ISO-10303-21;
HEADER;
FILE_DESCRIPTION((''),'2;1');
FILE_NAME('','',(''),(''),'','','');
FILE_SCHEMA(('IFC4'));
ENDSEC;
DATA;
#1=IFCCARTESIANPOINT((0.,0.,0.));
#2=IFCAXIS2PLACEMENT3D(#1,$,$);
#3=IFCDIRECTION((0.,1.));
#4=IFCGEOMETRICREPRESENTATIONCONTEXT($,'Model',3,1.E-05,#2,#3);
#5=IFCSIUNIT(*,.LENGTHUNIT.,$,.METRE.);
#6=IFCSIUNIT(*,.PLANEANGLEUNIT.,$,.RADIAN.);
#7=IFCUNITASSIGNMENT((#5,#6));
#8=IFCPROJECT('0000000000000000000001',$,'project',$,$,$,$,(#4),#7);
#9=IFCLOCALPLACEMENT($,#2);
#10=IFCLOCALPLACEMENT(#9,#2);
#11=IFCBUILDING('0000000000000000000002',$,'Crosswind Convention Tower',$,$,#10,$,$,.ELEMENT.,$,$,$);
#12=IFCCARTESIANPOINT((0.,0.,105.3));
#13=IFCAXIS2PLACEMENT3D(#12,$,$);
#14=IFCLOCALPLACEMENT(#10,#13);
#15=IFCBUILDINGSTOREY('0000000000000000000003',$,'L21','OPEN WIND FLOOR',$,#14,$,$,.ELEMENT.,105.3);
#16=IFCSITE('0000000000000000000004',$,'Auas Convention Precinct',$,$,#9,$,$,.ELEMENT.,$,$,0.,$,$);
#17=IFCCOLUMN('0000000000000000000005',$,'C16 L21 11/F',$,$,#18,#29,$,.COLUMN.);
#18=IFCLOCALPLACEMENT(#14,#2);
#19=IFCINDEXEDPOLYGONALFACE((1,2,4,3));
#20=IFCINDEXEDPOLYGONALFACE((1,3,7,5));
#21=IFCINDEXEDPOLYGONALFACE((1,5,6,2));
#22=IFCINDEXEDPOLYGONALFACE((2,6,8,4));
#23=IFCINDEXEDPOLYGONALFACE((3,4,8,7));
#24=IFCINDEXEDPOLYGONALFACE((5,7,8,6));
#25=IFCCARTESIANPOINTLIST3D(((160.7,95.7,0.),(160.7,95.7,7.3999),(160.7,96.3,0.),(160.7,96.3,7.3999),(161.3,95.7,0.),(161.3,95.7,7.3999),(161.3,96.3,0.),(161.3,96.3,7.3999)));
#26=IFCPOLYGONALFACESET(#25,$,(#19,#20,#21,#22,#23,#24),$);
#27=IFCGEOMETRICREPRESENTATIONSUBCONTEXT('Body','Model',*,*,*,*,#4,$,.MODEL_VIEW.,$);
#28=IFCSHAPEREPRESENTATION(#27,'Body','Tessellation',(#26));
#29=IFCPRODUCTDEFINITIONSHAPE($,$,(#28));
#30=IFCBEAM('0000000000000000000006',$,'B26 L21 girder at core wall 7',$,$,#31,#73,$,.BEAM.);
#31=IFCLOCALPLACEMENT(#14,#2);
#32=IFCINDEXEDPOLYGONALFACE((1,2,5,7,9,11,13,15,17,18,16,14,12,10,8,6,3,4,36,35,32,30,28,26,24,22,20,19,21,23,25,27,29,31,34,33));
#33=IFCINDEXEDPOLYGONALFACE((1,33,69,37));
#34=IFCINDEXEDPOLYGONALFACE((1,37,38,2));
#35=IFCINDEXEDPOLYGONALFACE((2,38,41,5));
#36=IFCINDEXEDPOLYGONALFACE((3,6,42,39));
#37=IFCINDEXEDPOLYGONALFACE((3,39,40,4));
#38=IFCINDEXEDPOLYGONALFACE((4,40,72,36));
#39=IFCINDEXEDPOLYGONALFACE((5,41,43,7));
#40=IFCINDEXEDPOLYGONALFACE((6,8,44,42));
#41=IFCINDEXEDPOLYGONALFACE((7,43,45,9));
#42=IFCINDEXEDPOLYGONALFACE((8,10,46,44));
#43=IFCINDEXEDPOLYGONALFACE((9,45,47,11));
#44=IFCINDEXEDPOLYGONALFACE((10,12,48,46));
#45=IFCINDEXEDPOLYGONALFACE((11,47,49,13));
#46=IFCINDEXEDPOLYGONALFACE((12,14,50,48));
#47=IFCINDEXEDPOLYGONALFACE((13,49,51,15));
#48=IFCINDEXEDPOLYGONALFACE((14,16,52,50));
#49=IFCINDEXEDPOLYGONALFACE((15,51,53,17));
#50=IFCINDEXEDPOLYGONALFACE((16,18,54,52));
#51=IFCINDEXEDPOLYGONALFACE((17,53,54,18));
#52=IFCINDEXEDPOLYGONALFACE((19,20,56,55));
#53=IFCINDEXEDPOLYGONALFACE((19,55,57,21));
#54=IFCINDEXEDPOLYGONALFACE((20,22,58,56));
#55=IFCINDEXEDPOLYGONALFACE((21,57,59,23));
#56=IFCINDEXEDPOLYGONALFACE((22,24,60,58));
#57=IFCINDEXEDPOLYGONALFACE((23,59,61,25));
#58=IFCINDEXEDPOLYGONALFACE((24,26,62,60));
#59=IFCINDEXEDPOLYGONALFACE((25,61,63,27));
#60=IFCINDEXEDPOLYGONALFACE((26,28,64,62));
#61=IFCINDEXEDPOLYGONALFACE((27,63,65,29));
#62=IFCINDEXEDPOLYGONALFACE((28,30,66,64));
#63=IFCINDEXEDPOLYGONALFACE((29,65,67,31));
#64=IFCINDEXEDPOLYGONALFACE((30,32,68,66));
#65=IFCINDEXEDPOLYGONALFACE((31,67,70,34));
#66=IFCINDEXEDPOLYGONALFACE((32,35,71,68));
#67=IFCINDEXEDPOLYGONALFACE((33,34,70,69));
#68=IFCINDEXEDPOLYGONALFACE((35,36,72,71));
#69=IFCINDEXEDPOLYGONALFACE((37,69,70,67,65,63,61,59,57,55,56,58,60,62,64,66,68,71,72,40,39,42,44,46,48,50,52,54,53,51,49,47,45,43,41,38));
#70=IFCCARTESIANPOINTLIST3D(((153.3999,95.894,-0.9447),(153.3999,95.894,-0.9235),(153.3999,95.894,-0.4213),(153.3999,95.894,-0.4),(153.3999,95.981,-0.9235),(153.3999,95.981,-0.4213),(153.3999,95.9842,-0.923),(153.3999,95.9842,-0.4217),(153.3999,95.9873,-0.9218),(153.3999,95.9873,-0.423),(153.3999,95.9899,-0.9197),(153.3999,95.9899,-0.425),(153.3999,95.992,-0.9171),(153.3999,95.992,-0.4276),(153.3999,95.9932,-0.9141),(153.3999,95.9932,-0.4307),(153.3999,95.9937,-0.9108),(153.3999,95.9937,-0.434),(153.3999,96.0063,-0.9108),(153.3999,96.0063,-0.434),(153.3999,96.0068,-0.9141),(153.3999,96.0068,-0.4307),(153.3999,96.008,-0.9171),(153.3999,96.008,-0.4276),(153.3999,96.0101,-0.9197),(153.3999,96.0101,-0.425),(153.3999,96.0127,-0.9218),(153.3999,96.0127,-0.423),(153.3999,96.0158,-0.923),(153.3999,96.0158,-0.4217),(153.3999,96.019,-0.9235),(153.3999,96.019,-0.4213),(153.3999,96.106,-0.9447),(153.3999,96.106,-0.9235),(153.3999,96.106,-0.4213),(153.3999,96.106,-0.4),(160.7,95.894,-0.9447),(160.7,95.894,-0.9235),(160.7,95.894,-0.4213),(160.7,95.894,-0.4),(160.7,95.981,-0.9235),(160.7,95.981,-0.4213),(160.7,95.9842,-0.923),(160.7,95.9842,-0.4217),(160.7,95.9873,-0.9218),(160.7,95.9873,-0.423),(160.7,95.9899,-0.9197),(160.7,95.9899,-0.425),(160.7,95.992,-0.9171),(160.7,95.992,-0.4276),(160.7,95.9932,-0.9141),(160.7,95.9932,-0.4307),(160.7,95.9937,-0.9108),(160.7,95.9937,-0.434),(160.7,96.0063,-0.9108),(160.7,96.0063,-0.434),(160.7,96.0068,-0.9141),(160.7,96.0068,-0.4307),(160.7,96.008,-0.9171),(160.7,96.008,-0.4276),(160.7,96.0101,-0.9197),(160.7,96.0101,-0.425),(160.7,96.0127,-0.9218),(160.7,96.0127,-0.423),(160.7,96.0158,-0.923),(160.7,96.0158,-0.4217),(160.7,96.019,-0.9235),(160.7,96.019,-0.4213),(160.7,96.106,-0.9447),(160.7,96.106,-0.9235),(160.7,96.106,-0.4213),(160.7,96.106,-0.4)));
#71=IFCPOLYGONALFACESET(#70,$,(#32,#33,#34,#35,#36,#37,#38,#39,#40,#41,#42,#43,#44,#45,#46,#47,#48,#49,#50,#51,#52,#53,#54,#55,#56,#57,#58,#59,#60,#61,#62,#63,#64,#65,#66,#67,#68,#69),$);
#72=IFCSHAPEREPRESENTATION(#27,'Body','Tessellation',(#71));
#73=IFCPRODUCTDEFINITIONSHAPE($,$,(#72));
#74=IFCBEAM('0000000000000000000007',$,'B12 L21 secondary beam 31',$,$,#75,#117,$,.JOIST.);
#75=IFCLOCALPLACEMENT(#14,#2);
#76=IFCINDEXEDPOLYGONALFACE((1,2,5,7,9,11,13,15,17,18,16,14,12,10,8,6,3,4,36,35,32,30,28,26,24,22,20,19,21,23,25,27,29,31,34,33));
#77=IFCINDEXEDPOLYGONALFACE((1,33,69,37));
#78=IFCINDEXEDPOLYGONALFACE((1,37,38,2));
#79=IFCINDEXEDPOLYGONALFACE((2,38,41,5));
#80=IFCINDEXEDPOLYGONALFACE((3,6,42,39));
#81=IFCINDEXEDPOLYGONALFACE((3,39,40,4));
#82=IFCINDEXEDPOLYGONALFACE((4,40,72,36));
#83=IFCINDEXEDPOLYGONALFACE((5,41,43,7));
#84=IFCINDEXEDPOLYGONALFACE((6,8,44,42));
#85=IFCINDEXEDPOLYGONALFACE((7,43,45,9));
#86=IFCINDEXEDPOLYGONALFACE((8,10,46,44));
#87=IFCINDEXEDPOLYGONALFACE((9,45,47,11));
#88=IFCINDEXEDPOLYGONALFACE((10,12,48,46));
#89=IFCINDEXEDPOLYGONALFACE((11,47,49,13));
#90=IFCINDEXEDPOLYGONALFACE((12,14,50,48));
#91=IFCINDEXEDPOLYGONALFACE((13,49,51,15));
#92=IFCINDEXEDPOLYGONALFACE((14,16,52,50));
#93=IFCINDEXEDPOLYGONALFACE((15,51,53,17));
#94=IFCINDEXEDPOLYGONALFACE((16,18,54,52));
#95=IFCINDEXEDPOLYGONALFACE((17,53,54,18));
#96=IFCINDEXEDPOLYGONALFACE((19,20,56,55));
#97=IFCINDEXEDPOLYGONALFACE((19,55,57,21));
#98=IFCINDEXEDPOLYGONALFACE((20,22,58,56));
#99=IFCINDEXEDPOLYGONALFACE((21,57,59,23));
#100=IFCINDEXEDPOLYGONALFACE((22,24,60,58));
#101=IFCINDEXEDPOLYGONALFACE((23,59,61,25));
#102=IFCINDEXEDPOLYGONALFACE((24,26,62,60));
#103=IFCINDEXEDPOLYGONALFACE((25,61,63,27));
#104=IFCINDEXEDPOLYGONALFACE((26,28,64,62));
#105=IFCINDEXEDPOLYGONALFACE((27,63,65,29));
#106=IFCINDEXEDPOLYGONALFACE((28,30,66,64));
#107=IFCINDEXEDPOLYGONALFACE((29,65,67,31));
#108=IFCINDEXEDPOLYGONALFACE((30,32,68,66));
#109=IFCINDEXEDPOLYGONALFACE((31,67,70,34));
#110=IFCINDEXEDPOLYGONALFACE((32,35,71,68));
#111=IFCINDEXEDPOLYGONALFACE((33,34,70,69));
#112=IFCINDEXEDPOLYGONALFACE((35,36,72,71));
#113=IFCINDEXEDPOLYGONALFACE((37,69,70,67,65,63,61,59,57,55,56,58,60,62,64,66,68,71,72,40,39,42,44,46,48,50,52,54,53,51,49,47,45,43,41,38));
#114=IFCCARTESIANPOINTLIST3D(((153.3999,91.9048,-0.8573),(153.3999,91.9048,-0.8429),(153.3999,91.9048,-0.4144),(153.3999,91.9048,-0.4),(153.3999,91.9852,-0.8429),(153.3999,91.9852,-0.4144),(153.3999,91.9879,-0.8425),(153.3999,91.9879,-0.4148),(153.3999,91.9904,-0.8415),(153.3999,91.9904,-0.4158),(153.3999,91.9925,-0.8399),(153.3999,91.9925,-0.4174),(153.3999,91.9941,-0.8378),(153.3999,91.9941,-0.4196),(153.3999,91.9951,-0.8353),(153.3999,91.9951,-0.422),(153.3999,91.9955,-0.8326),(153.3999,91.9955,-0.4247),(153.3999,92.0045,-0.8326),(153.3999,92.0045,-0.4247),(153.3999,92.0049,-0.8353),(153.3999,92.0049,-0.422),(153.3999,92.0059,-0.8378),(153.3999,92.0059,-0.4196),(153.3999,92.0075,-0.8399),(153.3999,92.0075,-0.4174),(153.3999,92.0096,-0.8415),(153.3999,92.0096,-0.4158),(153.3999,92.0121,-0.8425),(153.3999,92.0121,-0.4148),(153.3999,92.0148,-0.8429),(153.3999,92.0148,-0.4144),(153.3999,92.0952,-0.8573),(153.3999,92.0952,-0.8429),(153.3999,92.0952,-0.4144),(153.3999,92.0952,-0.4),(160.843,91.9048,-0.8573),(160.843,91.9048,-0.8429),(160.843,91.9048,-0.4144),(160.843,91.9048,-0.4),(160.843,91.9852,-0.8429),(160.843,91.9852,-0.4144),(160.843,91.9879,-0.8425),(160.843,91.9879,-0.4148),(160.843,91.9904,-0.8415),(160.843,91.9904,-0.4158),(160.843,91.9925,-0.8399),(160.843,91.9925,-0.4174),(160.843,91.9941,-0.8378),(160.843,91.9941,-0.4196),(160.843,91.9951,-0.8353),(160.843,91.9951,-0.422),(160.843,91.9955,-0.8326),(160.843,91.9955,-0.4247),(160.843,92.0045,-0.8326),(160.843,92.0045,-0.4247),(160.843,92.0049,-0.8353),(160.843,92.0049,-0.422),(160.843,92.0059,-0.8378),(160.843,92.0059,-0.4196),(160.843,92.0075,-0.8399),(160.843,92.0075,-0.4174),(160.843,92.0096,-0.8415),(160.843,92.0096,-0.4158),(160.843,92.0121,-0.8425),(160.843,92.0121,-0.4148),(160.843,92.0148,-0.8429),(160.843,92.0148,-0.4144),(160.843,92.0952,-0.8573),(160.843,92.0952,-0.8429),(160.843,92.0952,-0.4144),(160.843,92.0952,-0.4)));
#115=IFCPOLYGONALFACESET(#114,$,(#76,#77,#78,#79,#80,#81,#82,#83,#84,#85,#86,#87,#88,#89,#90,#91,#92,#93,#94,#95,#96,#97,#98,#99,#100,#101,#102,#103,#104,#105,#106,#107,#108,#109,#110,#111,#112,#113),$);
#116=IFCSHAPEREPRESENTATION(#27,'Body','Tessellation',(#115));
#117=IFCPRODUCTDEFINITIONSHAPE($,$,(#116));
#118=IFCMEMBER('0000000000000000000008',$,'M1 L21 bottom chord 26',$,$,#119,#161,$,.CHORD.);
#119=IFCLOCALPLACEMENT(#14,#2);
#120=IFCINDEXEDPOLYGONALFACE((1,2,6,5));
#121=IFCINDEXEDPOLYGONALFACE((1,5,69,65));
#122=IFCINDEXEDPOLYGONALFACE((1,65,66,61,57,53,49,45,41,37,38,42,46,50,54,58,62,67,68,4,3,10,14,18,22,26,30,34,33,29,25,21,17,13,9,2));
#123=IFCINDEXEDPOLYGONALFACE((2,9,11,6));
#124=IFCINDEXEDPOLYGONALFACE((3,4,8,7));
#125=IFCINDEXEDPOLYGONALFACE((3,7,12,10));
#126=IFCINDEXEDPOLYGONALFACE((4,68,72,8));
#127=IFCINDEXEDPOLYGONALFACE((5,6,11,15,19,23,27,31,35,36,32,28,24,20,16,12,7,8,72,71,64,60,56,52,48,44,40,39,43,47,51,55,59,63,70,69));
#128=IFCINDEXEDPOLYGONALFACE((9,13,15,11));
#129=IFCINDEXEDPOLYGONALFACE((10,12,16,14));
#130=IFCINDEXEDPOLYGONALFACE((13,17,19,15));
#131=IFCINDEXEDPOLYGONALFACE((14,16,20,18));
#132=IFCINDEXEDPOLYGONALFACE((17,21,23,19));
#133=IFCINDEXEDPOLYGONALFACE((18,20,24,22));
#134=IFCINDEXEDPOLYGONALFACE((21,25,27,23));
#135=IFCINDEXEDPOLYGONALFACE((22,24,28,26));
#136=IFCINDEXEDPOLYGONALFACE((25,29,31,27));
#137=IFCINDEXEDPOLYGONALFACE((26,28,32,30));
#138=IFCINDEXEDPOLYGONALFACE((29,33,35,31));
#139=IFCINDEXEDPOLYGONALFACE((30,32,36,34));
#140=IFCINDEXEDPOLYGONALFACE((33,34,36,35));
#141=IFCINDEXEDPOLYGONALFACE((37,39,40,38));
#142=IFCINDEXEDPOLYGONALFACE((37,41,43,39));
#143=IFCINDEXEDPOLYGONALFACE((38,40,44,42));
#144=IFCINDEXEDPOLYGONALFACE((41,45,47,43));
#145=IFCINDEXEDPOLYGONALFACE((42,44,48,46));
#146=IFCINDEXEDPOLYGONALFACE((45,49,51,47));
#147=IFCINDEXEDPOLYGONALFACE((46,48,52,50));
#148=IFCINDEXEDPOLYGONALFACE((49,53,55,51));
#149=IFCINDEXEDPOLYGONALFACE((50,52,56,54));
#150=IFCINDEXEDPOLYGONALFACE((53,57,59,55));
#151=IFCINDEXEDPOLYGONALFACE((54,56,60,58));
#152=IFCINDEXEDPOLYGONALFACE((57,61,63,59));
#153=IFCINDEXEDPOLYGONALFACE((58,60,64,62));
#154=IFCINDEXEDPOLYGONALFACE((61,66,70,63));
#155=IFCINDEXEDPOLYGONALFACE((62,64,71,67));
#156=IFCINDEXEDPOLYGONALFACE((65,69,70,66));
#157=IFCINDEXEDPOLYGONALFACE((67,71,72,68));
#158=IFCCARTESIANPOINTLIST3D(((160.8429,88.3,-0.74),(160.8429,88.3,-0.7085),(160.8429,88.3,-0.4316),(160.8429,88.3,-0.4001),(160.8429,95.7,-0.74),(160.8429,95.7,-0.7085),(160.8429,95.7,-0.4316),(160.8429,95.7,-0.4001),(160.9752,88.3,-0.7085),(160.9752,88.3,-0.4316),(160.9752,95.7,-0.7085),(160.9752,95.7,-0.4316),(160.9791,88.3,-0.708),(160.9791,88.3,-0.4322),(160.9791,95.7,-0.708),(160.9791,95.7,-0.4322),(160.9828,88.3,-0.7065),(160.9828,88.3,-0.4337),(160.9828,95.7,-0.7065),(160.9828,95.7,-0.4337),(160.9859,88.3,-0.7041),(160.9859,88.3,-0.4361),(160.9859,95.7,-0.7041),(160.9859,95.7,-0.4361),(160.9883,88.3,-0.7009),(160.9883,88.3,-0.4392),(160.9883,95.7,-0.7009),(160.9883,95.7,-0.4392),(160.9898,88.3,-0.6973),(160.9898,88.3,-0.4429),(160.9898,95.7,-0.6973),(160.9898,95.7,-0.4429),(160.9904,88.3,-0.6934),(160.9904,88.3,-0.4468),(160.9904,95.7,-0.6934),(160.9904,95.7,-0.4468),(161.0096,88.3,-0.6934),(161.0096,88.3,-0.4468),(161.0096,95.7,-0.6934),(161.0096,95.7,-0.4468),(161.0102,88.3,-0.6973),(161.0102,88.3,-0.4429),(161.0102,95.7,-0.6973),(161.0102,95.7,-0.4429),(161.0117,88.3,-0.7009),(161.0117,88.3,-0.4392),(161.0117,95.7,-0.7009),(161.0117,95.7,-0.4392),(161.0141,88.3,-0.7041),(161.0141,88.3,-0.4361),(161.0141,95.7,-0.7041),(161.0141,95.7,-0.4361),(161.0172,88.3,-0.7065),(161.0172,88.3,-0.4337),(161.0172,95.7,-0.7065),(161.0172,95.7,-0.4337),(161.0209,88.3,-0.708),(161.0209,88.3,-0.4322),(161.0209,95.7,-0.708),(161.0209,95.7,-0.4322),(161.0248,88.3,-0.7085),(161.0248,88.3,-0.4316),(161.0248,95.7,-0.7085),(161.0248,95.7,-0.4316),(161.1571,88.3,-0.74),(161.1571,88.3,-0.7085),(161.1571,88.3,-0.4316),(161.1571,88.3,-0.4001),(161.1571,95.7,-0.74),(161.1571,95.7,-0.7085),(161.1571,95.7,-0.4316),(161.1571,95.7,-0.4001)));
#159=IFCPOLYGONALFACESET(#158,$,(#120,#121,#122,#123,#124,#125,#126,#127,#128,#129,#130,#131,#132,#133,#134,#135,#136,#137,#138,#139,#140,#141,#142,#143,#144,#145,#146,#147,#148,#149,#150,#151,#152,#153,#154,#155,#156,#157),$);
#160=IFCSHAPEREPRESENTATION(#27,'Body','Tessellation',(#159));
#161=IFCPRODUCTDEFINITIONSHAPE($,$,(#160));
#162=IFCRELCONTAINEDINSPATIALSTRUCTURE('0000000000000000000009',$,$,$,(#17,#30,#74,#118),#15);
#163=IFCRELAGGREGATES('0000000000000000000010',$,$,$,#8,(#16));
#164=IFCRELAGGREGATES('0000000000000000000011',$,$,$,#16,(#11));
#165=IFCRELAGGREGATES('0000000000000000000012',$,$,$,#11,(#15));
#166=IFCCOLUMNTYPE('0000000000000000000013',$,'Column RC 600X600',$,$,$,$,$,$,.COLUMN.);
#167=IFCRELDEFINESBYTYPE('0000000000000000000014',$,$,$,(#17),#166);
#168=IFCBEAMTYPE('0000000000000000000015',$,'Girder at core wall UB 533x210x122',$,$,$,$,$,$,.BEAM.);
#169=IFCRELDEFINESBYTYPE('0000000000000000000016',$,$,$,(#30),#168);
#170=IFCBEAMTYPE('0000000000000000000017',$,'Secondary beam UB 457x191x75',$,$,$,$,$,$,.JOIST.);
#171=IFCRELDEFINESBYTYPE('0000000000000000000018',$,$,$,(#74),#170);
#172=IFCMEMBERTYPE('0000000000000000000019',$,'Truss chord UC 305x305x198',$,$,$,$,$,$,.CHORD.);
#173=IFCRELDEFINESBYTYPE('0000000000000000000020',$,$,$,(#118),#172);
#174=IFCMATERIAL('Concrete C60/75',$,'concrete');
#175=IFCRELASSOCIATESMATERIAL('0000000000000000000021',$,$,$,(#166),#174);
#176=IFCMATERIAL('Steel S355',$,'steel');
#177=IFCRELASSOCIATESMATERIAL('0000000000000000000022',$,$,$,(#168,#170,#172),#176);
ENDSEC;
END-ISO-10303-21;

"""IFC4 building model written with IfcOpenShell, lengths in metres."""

from ifc_helpers import new_model, si_unit, direction, frame, origin, origin_2d, place, context, subcontext, project, spatial, rectangle, i_section, extrude, material, material_profile, profile_set, type_object, element, save


model = new_model("IFC4")

# Units and contexts
model_context = context("Model", 3, precision=1e-05, world=origin(), true_north=direction((0.0, 1.0)))
body_context = subcontext(model_context, "Body", "Model", "MODEL_VIEW")
ifc_project = project(units=[si_unit("LENGTHUNIT", "METRE"), si_unit("PLANEANGLEUNIT", "RADIAN")], contexts=[model_context])

# Site, building, storey
site_placement = place(None, origin())
site = spatial("IfcSite", under=ifc_project, at=site_placement, Name="Auas Convention Precinct", CompositionType="ELEMENT", RefElevation=0.0)
building_placement = place(site_placement, origin())
building = spatial("IfcBuilding", under=site, at=building_placement, Name="Crosswind Convention Tower", CompositionType="ELEMENT")
storey_placement = place(building_placement, frame((0.0, 0.0, 105.3)))
storey = spatial("IfcBuildingStorey", under=building, at=storey_placement, Name="L21", Description="OPEN WIND FLOOR", CompositionType="ELEMENT", Elevation=105.3)

# Column
ifc_material_1 = material(Name="Concrete C60/75", Category="concrete")
ifc_material_profile_1 = material_profile(ifc_material_1, rectangle(XDim=0.6001, YDim=0.6001, at=origin_2d()), Name="RC 600X600")
ifc_profile_set_1 = profile_set([ifc_material_profile_1], Name="Concrete C60/75")
column_type = type_object("IfcColumnType", Name="Column RC 600X600", PredefinedType="COLUMN", material=ifc_profile_set_1)
column_placement = place(storey_placement, frame((161.0, 96.0, 0.0), z_axis=(0.0, 0.0, 1.0), x_axis=(1.0, 0.0, 0.0)))
element("IfcColumn", 1, at=column_placement, inside=storey, type_object=column_type, Name="C16 L21 11/F", PredefinedType="COLUMN", context=body_context, shape_type="SweptSolid", body=[
    extrude(rectangle(XDim=0.6001, YDim=0.6001, at=origin_2d()), origin(), (0.0, 0.0, 1.0), 7.3999),
])

# Beams
ifc_material_2 = material(Name="Steel S355", Category="steel")
ifc_material_profile_2 = material_profile(ifc_material_2, i_section(OverallWidth=0.2119, OverallDepth=0.5447, WebThickness=0.0127, FlangeThickness=0.0212, FilletRadius=0.0127, at=origin_2d()), Name="UB 533x210x122")
ifc_profile_set_2 = profile_set([ifc_material_profile_2], Name="Steel S355")
beam_type_1 = type_object("IfcBeamType", Name="Girder at core wall UB 533x210x122", PredefinedType="BEAM", material=ifc_profile_set_2)
beam_1_placement = place(storey_placement, frame((153.3999, 96.0, -0.6724), z_axis=(1.0, 0.0, 0.0), x_axis=(0.0, 1.0, 0.0)))
element("IfcBeam", 2, at=beam_1_placement, inside=storey, type_object=beam_type_1, Name="B26 L21 girder at core wall 7", PredefinedType="BEAM", context=body_context, shape_type="SweptSolid", body=[
    extrude(i_section(OverallWidth=0.2119, OverallDepth=0.5447, WebThickness=0.0127, FlangeThickness=0.0212, FilletRadius=0.0127, at=origin_2d()), origin(), (0.0, 0.0, 1.0), 7.3),
])
ifc_material_profile_3 = material_profile(ifc_material_2, i_section(OverallWidth=0.1904, OverallDepth=0.4573, WebThickness=0.009, FlangeThickness=0.0144, FilletRadius=0.0103, at=origin_2d()), Name="UB 457x191x75")
ifc_profile_set_3 = profile_set([ifc_material_profile_3], Name="Steel S355")
beam_type_2 = type_object("IfcBeamType", Name="Secondary beam UB 457x191x75", PredefinedType="JOIST", material=ifc_profile_set_3)
beam_2_placement = place(storey_placement, frame((153.3999, 92.0, -0.6287), z_axis=(1.0, 0.0, 0.0), x_axis=(0.0, 1.0, 0.0)))
element("IfcBeam", 3, at=beam_2_placement, inside=storey, type_object=beam_type_2, Name="B12 L21 secondary beam 31", PredefinedType="JOIST", context=body_context, shape_type="SweptSolid", body=[
    extrude(i_section(OverallWidth=0.1904, OverallDepth=0.4573, WebThickness=0.009, FlangeThickness=0.0144, FilletRadius=0.0103, at=origin_2d()), origin(), (0.0, 0.0, 1.0), 7.4431),
])

# Member
ifc_material_profile_4 = material_profile(ifc_material_2, i_section(OverallWidth=0.3142, OverallDepth=0.3398, WebThickness=0.0193, FlangeThickness=0.0315, FilletRadius=0.0151, at=origin_2d()), Name="UC 305x305x198")
ifc_profile_set_4 = profile_set([ifc_material_profile_4], Name="Steel S355")
member_type_1 = type_object("IfcMemberType", Name="Truss chord UC 305x305x198", PredefinedType="CHORD", material=ifc_profile_set_4)
for number, where, z_axis, x_axis, name in (
    (4, (161.0, 88.3, -0.5701), (0.0, 1.0, 0.0), (-1.0, 0.0, 0.0), "M1 L21 bottom chord 26"),
):
    element("IfcMember", number, at=place(storey_placement, frame(where, z_axis=z_axis, x_axis=x_axis)), inside=storey, type_object=member_type_1, Name=name, PredefinedType="CHORD", context=body_context, shape_type="SweptSolid", body=[
        extrude(i_section(OverallWidth=0.3142, OverallDepth=0.3398, WebThickness=0.0193, FlangeThickness=0.0315, FilletRadius=0.0151, at=origin_2d()), origin(), (0.0, 0.0, 1.0), 7.3999),
    ])

save(model, "model.ifc")
